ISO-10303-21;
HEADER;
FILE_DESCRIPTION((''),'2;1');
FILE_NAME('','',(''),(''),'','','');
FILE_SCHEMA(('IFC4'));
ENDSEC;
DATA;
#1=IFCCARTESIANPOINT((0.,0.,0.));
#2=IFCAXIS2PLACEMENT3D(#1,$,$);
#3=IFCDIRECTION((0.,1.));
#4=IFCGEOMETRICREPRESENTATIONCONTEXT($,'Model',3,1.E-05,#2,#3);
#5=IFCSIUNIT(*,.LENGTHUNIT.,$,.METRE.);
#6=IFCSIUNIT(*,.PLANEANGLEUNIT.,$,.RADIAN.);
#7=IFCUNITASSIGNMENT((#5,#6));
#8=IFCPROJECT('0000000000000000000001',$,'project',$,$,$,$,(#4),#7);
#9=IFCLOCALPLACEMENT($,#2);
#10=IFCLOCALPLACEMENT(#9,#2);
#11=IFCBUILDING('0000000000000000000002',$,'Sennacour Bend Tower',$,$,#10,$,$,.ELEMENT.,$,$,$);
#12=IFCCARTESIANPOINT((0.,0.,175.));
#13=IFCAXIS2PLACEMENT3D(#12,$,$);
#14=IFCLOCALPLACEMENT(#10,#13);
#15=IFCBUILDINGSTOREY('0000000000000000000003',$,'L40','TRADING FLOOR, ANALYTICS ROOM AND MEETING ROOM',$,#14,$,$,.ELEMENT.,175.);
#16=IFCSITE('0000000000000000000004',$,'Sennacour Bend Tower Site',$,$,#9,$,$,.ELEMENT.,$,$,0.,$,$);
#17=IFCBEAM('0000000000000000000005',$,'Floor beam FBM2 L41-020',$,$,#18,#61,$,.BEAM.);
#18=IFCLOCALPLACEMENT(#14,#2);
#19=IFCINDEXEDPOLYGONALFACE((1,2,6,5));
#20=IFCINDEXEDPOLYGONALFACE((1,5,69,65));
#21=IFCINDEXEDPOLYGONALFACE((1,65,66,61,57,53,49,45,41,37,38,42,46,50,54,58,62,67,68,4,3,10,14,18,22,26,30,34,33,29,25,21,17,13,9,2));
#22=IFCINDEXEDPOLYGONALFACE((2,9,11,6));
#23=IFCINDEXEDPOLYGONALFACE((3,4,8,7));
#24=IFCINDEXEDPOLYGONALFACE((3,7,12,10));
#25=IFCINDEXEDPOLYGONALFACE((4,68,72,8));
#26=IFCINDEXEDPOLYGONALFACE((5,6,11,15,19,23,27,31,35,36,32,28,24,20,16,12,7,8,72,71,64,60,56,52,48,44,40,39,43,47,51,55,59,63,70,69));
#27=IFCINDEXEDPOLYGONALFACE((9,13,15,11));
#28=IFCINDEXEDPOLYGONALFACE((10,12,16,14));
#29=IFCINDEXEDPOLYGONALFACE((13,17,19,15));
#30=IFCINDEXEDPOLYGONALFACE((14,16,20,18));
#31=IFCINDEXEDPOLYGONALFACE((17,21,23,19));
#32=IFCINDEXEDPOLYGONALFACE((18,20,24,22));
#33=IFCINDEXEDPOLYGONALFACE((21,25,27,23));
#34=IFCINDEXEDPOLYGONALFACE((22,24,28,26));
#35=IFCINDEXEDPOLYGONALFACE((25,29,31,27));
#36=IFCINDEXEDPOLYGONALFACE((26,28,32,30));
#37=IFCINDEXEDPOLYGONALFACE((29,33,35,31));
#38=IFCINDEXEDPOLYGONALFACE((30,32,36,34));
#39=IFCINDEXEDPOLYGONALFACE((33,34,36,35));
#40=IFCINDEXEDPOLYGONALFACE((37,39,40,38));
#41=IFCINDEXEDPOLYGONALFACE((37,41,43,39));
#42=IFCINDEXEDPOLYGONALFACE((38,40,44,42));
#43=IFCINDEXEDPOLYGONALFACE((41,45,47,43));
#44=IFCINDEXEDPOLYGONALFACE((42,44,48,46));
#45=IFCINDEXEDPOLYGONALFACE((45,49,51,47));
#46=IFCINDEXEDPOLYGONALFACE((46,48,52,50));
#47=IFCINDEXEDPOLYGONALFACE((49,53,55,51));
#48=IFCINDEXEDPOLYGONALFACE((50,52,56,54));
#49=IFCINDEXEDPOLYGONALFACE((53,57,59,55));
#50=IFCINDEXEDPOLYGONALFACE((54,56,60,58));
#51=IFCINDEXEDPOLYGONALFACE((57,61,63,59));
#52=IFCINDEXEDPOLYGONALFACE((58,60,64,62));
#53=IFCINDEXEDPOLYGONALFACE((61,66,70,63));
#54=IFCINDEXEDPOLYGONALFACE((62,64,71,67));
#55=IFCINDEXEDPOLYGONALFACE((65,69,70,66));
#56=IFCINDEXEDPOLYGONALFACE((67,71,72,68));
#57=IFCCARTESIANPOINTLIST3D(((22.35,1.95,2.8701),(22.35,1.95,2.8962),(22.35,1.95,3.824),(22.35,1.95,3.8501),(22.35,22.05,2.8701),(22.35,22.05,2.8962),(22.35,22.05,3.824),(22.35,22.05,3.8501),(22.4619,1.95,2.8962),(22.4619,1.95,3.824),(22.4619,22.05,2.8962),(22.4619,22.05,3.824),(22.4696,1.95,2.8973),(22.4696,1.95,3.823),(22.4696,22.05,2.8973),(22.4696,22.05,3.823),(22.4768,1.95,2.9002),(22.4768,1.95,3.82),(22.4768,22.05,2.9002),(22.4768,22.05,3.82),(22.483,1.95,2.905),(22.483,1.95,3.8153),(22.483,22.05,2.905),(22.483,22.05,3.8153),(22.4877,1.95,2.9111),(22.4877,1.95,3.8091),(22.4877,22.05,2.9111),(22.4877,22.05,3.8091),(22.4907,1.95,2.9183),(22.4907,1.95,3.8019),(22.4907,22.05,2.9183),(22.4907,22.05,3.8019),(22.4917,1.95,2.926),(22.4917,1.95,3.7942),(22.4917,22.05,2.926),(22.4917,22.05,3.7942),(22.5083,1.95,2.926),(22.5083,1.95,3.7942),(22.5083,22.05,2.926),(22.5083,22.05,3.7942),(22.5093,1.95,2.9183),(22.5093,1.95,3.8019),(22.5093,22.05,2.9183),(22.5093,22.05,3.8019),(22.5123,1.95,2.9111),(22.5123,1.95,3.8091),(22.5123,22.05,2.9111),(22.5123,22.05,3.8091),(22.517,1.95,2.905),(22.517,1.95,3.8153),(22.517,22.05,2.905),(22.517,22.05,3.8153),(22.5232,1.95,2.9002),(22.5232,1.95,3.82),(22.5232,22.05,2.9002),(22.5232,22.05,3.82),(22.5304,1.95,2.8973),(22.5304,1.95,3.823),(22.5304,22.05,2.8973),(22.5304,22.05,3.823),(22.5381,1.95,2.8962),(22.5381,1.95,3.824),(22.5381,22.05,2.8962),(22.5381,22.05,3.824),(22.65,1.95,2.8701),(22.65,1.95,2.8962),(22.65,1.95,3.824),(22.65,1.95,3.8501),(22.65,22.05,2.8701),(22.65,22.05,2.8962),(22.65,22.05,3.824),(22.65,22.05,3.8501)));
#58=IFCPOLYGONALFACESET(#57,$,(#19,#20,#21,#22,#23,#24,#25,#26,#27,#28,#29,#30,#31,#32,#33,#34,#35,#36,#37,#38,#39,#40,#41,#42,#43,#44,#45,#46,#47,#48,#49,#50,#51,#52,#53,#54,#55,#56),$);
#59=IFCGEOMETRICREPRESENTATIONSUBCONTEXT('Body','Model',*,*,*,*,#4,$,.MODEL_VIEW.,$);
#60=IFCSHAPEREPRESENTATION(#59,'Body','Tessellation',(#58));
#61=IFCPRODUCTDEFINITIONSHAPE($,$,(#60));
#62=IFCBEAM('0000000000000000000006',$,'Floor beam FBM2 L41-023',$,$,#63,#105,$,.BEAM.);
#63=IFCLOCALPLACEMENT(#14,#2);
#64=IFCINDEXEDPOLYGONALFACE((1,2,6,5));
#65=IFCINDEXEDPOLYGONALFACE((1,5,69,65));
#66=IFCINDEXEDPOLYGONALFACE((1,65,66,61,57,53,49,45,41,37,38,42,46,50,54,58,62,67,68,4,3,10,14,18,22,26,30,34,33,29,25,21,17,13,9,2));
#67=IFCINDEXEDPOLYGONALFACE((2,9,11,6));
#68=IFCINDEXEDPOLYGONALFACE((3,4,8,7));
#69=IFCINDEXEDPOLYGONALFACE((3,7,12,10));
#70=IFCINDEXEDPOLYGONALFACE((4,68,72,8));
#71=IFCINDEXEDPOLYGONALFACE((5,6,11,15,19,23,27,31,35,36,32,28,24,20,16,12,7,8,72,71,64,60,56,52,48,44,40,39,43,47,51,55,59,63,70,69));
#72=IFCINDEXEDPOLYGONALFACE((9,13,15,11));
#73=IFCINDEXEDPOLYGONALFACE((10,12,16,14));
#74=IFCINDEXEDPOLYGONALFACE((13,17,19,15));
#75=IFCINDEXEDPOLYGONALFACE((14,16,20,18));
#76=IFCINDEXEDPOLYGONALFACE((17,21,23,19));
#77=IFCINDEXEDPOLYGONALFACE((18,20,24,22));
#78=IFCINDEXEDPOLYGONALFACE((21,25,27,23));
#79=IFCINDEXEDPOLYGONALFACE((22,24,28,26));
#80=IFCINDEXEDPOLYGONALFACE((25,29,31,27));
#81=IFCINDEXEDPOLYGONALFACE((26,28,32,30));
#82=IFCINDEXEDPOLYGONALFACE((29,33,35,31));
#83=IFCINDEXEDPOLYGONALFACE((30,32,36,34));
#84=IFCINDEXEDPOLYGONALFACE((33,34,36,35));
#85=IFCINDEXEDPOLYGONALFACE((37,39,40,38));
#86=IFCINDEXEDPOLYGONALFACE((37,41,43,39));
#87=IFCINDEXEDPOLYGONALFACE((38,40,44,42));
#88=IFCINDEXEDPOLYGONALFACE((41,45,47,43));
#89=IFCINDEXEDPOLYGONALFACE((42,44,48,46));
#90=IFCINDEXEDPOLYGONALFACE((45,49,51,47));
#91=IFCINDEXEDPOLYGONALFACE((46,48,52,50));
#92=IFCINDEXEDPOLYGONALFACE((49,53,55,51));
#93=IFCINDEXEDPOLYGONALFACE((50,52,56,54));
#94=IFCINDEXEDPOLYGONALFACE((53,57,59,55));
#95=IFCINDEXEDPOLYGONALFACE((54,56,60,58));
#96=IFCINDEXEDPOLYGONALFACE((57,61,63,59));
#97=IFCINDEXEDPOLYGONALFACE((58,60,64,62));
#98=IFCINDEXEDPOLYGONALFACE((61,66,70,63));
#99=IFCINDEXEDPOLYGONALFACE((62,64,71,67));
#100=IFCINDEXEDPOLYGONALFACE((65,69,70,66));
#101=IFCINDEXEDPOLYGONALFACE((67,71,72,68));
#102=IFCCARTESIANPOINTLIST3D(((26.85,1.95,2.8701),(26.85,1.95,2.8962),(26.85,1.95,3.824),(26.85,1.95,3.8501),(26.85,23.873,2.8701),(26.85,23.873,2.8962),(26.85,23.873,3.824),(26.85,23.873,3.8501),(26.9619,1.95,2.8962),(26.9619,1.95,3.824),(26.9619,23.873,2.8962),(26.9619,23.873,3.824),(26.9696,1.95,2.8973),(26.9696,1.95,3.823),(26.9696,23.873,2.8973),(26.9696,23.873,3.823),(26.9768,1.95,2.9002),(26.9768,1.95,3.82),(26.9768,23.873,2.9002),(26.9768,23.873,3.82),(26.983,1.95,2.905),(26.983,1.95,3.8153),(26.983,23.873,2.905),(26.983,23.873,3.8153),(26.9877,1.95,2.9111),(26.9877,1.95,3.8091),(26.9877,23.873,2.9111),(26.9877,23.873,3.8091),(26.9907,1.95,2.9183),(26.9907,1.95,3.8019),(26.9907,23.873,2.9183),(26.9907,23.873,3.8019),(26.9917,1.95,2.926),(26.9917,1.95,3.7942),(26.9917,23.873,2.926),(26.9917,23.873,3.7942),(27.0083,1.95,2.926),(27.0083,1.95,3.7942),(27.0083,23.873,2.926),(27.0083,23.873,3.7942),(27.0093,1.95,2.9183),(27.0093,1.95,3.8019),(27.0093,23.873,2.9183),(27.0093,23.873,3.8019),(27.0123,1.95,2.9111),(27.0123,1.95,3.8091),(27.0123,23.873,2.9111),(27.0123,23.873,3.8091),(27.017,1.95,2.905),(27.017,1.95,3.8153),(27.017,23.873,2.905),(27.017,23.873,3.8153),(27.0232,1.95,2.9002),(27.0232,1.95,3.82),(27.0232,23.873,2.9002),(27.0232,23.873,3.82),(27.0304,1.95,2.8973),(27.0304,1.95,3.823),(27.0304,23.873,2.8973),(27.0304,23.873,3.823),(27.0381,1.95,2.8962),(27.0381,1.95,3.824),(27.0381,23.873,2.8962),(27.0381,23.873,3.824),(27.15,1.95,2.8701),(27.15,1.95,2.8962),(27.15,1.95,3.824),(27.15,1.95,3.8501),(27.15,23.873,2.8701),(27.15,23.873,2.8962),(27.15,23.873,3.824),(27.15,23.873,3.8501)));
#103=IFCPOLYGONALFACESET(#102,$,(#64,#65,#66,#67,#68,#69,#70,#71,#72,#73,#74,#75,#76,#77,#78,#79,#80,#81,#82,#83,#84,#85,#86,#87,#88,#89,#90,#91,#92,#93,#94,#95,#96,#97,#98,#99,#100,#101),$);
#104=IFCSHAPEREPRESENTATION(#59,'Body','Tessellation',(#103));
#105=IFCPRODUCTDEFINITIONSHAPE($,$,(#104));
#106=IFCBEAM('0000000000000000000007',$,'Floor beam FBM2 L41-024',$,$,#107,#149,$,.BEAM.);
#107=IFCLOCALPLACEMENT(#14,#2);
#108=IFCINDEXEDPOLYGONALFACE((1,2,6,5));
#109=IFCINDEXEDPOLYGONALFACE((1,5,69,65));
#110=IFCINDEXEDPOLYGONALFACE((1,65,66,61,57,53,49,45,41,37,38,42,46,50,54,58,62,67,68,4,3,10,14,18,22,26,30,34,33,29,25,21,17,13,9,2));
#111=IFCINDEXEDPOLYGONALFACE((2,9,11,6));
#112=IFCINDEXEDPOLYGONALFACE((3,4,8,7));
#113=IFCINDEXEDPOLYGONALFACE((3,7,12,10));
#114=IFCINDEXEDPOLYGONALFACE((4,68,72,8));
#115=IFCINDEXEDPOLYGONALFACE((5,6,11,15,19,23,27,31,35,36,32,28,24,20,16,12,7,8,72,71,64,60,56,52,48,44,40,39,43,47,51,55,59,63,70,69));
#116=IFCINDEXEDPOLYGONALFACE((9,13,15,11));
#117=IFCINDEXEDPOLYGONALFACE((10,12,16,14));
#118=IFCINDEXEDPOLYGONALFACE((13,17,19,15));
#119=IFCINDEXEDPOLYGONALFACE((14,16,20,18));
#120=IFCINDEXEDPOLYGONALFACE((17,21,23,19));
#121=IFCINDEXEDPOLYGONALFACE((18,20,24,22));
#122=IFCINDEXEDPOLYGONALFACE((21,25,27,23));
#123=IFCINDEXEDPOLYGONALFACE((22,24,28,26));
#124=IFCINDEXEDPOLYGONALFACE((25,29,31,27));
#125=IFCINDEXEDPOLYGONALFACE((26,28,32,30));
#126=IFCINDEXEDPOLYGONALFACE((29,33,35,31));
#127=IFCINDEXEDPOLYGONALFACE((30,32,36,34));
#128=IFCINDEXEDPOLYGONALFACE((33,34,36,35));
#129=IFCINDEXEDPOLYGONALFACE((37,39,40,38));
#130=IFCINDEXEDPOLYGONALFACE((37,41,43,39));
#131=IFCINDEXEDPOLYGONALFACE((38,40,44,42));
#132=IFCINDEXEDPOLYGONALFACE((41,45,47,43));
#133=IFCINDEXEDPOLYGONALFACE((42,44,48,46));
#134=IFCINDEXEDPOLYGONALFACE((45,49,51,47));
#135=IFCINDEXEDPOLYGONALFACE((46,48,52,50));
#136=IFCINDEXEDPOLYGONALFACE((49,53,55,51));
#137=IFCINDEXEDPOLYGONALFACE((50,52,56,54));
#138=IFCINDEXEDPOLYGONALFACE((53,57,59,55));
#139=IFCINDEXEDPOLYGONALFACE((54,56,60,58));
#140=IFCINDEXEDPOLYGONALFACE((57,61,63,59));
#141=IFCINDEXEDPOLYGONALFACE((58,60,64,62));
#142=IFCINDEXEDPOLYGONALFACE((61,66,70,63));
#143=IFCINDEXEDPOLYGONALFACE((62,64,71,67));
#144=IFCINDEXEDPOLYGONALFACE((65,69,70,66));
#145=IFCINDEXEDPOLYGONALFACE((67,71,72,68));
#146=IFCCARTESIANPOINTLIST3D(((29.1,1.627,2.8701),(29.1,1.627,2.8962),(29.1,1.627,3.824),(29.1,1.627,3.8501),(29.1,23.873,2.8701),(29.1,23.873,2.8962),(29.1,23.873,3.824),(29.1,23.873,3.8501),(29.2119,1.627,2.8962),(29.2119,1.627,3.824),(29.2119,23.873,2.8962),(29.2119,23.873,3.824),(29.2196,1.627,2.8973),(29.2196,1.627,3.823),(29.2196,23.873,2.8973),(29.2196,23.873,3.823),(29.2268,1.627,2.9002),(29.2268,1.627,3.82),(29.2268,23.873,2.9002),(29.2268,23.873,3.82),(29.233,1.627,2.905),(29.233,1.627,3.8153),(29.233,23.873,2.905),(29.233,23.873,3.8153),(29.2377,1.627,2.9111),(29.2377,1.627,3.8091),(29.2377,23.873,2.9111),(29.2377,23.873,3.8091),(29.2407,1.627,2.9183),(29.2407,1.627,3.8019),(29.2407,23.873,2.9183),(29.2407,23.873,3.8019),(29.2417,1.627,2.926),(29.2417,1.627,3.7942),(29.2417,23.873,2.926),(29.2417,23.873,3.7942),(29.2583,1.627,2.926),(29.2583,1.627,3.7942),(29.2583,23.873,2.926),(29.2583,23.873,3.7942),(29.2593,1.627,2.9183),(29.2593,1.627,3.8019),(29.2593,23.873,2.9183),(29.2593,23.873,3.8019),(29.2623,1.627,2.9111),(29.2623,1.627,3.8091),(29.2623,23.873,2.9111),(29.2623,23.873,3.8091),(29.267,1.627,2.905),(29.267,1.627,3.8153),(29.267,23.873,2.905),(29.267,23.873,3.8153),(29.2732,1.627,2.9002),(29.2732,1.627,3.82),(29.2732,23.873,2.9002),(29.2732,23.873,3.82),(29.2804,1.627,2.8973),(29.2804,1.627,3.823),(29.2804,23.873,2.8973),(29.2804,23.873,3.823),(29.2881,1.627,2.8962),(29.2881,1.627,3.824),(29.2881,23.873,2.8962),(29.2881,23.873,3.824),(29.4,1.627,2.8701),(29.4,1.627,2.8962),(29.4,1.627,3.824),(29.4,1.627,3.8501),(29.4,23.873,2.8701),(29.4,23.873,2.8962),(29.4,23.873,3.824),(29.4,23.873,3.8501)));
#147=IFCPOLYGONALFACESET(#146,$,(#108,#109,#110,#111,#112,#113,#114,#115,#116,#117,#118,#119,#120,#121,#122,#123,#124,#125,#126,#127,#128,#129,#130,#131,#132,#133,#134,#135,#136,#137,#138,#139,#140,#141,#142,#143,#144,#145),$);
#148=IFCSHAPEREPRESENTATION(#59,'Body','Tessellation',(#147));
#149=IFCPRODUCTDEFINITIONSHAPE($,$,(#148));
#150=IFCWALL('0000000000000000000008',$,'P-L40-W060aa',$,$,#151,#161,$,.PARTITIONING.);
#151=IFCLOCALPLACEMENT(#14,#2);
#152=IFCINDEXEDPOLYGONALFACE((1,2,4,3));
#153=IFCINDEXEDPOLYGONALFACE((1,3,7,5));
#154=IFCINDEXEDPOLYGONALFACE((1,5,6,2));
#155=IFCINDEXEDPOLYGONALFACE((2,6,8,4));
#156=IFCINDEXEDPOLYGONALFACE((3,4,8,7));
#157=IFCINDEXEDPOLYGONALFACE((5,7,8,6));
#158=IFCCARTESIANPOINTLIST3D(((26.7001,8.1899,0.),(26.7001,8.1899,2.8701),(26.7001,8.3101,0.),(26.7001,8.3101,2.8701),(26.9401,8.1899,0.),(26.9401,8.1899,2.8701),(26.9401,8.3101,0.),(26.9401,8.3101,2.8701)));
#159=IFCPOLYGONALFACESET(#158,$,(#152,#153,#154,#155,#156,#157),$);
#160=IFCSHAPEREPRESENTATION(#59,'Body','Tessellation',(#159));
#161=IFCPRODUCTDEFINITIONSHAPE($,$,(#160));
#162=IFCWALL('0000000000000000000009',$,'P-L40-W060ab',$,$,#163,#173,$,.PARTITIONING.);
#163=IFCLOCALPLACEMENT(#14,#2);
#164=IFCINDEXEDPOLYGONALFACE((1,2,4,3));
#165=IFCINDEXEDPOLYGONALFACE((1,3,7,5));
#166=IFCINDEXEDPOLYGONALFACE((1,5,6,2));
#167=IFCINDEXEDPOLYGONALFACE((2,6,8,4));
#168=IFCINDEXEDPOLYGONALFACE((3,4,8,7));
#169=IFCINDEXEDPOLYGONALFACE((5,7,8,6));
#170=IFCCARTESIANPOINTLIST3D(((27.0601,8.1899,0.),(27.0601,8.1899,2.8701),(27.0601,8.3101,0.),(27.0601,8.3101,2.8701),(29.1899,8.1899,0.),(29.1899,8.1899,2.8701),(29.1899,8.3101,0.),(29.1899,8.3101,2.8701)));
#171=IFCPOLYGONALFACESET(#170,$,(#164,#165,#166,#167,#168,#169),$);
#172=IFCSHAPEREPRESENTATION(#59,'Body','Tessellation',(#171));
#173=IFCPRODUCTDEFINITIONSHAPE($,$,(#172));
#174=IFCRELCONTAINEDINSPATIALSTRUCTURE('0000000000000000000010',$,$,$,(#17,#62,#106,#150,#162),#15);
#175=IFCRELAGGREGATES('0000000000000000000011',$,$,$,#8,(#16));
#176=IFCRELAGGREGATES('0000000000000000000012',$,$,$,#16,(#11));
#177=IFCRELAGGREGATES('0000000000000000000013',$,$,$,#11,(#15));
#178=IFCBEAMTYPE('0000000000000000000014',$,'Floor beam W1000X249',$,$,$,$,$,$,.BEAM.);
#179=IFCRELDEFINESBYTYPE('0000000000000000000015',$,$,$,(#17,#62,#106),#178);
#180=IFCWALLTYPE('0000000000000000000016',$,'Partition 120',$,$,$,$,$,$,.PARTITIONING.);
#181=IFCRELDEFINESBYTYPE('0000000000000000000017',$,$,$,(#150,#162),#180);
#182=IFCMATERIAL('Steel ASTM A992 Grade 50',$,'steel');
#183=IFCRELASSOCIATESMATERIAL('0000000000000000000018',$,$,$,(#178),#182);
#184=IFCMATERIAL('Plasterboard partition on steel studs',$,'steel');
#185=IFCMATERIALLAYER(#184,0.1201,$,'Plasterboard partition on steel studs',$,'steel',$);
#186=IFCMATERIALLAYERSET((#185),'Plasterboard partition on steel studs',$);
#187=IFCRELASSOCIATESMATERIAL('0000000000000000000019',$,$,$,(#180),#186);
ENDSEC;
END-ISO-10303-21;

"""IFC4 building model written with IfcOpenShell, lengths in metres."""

from ifc_helpers import new_model, si_unit, direction, frame, frame_2d, origin, origin_2d, place, context, subcontext, project, spatial, rectangle, i_section, extrude, material, layer, layer_set, material_profile, profile_set, type_object, element, save


model = new_model("IFC4")

# Units and contexts
model_context = context("Model", 3, precision=1e-05, world=origin(), true_north=direction((0.0, 1.0)))
body_context = subcontext(model_context, "Body", "Model", "MODEL_VIEW")
ifc_project = project(units=[si_unit("LENGTHUNIT", "METRE"), si_unit("PLANEANGLEUNIT", "RADIAN")], contexts=[model_context])

# Site, building, storey
site_placement = place(None, origin())
site = spatial("IfcSite", under=ifc_project, at=site_placement, Name="Sennacour Bend Tower Site", CompositionType="ELEMENT", RefElevation=0.0)
building_placement = place(site_placement, origin())
building = spatial("IfcBuilding", under=site, at=building_placement, Name="Sennacour Bend Tower", CompositionType="ELEMENT")
storey_placement = place(building_placement, frame((0.0, 0.0, 175.0)))
storey = spatial("IfcBuildingStorey", under=building, at=storey_placement, Name="L40", Description="TRADING FLOOR, ANALYTICS ROOM AND MEETING ROOM", CompositionType="ELEMENT", Elevation=175.0)

# Beams
ifc_material_1 = material(Name="Steel ASTM A992 Grade 50", Category="steel")
ifc_material_profile = material_profile(ifc_material_1, i_section(OverallWidth=0.3, OverallDepth=0.98, WebThickness=0.0166, FlangeThickness=0.0261, FilletRadius=0.0298, at=origin_2d()), Name="Steel ASTM A992 Grade 50", Category="steel")
ifc_profile_set = profile_set([ifc_material_profile], Name="Steel ASTM A992 Grade 50")
beam_type = type_object("IfcBeamType", Name="Floor beam W1000X249", PredefinedType="BEAM", material=ifc_profile_set)
beam_1_placement = place(storey_placement, frame((22.5, 1.95, 3.3601), z_axis=(0.0, 1.0, 0.0), x_axis=(-1.0, 0.0, 0.0)))
element("IfcBeam", 1, at=beam_1_placement, inside=storey, type_object=beam_type, Name="Floor beam FBM2 L41-020", PredefinedType="BEAM", context=body_context, shape_type="SweptSolid", body=[
    extrude(i_section(OverallWidth=0.3, OverallDepth=0.98, WebThickness=0.0166, FlangeThickness=0.0261, FilletRadius=0.0298, at=origin_2d()), origin(), (0.0, 0.0, 1.0), 20.1001),
])
beam_2_placement = place(storey_placement, frame((27.0, 1.95, 3.3601), z_axis=(0.0, 1.0, 0.0), x_axis=(-1.0, 0.0, 0.0)))
element("IfcBeam", 2, at=beam_2_placement, inside=storey, type_object=beam_type, Name="Floor beam FBM2 L41-023", PredefinedType="BEAM", context=body_context, shape_type="SweptSolid", body=[
    extrude(i_section(OverallWidth=0.3, OverallDepth=0.98, WebThickness=0.0166, FlangeThickness=0.0261, FilletRadius=0.0298, at=origin_2d()), origin(), (0.0, 0.0, 1.0), 21.9231),
])
beam_3_placement = place(storey_placement, frame((29.25, 1.627, 3.3601), z_axis=(0.0, 1.0, 0.0), x_axis=(-1.0, 0.0, 0.0)))
element("IfcBeam", 3, at=beam_3_placement, inside=storey, type_object=beam_type, Name="Floor beam FBM2 L41-024", PredefinedType="BEAM", context=body_context, shape_type="SweptSolid", body=[
    extrude(i_section(OverallWidth=0.3, OverallDepth=0.98, WebThickness=0.0166, FlangeThickness=0.0261, FilletRadius=0.0298, at=origin_2d()), origin(), (0.0, 0.0, 1.0), 22.2461),
])

# Walls
ifc_material_2 = material(Name="Plasterboard partition on steel studs", Category="steel")
ifc_layer_1 = layer(ifc_material_2, 0.1201, Name="Plasterboard partition on steel studs", Category="steel")
ifc_layer_set_1 = layer_set([ifc_layer_1], Name="Plasterboard partition on steel studs")
wall_type_1 = type_object("IfcWallType", Name="Partition 120", PredefinedType="PARTITIONING", material=ifc_layer_set_1)
wall_1_placement = place(storey_placement, frame((26.7, 8.25, 0.0), z_axis=(0.0, 0.0, 1.0), x_axis=(1.0, 0.0, 0.0)))
element("IfcWall", 4, at=wall_1_placement, inside=storey, type_object=wall_type_1, Name="P-L40-W060aa", PredefinedType="PARTITIONING", context=body_context, shape_type="SweptSolid", body=[
    extrude(rectangle(XDim=0.24, YDim=0.1201, at=frame_2d((0.1201, 0.0))), origin(), (0.0, 0.0, 1.0), 2.8701),
])
wall_2_placement = place(storey_placement, frame((27.0601, 8.25, 0.0), z_axis=(0.0, 0.0, 1.0), x_axis=(1.0, 0.0, 0.0)))
element("IfcWall", 5, at=wall_2_placement, inside=storey, type_object=wall_type_1, Name="P-L40-W060ab", PredefinedType="PARTITIONING", context=body_context, shape_type="SweptSolid", body=[
    extrude(rectangle(XDim=2.1299, YDim=0.1201, at=frame_2d((1.0649, 0.0))), origin(), (0.0, 0.0, 1.0), 2.8701),
])

save(model, "model.ifc")
